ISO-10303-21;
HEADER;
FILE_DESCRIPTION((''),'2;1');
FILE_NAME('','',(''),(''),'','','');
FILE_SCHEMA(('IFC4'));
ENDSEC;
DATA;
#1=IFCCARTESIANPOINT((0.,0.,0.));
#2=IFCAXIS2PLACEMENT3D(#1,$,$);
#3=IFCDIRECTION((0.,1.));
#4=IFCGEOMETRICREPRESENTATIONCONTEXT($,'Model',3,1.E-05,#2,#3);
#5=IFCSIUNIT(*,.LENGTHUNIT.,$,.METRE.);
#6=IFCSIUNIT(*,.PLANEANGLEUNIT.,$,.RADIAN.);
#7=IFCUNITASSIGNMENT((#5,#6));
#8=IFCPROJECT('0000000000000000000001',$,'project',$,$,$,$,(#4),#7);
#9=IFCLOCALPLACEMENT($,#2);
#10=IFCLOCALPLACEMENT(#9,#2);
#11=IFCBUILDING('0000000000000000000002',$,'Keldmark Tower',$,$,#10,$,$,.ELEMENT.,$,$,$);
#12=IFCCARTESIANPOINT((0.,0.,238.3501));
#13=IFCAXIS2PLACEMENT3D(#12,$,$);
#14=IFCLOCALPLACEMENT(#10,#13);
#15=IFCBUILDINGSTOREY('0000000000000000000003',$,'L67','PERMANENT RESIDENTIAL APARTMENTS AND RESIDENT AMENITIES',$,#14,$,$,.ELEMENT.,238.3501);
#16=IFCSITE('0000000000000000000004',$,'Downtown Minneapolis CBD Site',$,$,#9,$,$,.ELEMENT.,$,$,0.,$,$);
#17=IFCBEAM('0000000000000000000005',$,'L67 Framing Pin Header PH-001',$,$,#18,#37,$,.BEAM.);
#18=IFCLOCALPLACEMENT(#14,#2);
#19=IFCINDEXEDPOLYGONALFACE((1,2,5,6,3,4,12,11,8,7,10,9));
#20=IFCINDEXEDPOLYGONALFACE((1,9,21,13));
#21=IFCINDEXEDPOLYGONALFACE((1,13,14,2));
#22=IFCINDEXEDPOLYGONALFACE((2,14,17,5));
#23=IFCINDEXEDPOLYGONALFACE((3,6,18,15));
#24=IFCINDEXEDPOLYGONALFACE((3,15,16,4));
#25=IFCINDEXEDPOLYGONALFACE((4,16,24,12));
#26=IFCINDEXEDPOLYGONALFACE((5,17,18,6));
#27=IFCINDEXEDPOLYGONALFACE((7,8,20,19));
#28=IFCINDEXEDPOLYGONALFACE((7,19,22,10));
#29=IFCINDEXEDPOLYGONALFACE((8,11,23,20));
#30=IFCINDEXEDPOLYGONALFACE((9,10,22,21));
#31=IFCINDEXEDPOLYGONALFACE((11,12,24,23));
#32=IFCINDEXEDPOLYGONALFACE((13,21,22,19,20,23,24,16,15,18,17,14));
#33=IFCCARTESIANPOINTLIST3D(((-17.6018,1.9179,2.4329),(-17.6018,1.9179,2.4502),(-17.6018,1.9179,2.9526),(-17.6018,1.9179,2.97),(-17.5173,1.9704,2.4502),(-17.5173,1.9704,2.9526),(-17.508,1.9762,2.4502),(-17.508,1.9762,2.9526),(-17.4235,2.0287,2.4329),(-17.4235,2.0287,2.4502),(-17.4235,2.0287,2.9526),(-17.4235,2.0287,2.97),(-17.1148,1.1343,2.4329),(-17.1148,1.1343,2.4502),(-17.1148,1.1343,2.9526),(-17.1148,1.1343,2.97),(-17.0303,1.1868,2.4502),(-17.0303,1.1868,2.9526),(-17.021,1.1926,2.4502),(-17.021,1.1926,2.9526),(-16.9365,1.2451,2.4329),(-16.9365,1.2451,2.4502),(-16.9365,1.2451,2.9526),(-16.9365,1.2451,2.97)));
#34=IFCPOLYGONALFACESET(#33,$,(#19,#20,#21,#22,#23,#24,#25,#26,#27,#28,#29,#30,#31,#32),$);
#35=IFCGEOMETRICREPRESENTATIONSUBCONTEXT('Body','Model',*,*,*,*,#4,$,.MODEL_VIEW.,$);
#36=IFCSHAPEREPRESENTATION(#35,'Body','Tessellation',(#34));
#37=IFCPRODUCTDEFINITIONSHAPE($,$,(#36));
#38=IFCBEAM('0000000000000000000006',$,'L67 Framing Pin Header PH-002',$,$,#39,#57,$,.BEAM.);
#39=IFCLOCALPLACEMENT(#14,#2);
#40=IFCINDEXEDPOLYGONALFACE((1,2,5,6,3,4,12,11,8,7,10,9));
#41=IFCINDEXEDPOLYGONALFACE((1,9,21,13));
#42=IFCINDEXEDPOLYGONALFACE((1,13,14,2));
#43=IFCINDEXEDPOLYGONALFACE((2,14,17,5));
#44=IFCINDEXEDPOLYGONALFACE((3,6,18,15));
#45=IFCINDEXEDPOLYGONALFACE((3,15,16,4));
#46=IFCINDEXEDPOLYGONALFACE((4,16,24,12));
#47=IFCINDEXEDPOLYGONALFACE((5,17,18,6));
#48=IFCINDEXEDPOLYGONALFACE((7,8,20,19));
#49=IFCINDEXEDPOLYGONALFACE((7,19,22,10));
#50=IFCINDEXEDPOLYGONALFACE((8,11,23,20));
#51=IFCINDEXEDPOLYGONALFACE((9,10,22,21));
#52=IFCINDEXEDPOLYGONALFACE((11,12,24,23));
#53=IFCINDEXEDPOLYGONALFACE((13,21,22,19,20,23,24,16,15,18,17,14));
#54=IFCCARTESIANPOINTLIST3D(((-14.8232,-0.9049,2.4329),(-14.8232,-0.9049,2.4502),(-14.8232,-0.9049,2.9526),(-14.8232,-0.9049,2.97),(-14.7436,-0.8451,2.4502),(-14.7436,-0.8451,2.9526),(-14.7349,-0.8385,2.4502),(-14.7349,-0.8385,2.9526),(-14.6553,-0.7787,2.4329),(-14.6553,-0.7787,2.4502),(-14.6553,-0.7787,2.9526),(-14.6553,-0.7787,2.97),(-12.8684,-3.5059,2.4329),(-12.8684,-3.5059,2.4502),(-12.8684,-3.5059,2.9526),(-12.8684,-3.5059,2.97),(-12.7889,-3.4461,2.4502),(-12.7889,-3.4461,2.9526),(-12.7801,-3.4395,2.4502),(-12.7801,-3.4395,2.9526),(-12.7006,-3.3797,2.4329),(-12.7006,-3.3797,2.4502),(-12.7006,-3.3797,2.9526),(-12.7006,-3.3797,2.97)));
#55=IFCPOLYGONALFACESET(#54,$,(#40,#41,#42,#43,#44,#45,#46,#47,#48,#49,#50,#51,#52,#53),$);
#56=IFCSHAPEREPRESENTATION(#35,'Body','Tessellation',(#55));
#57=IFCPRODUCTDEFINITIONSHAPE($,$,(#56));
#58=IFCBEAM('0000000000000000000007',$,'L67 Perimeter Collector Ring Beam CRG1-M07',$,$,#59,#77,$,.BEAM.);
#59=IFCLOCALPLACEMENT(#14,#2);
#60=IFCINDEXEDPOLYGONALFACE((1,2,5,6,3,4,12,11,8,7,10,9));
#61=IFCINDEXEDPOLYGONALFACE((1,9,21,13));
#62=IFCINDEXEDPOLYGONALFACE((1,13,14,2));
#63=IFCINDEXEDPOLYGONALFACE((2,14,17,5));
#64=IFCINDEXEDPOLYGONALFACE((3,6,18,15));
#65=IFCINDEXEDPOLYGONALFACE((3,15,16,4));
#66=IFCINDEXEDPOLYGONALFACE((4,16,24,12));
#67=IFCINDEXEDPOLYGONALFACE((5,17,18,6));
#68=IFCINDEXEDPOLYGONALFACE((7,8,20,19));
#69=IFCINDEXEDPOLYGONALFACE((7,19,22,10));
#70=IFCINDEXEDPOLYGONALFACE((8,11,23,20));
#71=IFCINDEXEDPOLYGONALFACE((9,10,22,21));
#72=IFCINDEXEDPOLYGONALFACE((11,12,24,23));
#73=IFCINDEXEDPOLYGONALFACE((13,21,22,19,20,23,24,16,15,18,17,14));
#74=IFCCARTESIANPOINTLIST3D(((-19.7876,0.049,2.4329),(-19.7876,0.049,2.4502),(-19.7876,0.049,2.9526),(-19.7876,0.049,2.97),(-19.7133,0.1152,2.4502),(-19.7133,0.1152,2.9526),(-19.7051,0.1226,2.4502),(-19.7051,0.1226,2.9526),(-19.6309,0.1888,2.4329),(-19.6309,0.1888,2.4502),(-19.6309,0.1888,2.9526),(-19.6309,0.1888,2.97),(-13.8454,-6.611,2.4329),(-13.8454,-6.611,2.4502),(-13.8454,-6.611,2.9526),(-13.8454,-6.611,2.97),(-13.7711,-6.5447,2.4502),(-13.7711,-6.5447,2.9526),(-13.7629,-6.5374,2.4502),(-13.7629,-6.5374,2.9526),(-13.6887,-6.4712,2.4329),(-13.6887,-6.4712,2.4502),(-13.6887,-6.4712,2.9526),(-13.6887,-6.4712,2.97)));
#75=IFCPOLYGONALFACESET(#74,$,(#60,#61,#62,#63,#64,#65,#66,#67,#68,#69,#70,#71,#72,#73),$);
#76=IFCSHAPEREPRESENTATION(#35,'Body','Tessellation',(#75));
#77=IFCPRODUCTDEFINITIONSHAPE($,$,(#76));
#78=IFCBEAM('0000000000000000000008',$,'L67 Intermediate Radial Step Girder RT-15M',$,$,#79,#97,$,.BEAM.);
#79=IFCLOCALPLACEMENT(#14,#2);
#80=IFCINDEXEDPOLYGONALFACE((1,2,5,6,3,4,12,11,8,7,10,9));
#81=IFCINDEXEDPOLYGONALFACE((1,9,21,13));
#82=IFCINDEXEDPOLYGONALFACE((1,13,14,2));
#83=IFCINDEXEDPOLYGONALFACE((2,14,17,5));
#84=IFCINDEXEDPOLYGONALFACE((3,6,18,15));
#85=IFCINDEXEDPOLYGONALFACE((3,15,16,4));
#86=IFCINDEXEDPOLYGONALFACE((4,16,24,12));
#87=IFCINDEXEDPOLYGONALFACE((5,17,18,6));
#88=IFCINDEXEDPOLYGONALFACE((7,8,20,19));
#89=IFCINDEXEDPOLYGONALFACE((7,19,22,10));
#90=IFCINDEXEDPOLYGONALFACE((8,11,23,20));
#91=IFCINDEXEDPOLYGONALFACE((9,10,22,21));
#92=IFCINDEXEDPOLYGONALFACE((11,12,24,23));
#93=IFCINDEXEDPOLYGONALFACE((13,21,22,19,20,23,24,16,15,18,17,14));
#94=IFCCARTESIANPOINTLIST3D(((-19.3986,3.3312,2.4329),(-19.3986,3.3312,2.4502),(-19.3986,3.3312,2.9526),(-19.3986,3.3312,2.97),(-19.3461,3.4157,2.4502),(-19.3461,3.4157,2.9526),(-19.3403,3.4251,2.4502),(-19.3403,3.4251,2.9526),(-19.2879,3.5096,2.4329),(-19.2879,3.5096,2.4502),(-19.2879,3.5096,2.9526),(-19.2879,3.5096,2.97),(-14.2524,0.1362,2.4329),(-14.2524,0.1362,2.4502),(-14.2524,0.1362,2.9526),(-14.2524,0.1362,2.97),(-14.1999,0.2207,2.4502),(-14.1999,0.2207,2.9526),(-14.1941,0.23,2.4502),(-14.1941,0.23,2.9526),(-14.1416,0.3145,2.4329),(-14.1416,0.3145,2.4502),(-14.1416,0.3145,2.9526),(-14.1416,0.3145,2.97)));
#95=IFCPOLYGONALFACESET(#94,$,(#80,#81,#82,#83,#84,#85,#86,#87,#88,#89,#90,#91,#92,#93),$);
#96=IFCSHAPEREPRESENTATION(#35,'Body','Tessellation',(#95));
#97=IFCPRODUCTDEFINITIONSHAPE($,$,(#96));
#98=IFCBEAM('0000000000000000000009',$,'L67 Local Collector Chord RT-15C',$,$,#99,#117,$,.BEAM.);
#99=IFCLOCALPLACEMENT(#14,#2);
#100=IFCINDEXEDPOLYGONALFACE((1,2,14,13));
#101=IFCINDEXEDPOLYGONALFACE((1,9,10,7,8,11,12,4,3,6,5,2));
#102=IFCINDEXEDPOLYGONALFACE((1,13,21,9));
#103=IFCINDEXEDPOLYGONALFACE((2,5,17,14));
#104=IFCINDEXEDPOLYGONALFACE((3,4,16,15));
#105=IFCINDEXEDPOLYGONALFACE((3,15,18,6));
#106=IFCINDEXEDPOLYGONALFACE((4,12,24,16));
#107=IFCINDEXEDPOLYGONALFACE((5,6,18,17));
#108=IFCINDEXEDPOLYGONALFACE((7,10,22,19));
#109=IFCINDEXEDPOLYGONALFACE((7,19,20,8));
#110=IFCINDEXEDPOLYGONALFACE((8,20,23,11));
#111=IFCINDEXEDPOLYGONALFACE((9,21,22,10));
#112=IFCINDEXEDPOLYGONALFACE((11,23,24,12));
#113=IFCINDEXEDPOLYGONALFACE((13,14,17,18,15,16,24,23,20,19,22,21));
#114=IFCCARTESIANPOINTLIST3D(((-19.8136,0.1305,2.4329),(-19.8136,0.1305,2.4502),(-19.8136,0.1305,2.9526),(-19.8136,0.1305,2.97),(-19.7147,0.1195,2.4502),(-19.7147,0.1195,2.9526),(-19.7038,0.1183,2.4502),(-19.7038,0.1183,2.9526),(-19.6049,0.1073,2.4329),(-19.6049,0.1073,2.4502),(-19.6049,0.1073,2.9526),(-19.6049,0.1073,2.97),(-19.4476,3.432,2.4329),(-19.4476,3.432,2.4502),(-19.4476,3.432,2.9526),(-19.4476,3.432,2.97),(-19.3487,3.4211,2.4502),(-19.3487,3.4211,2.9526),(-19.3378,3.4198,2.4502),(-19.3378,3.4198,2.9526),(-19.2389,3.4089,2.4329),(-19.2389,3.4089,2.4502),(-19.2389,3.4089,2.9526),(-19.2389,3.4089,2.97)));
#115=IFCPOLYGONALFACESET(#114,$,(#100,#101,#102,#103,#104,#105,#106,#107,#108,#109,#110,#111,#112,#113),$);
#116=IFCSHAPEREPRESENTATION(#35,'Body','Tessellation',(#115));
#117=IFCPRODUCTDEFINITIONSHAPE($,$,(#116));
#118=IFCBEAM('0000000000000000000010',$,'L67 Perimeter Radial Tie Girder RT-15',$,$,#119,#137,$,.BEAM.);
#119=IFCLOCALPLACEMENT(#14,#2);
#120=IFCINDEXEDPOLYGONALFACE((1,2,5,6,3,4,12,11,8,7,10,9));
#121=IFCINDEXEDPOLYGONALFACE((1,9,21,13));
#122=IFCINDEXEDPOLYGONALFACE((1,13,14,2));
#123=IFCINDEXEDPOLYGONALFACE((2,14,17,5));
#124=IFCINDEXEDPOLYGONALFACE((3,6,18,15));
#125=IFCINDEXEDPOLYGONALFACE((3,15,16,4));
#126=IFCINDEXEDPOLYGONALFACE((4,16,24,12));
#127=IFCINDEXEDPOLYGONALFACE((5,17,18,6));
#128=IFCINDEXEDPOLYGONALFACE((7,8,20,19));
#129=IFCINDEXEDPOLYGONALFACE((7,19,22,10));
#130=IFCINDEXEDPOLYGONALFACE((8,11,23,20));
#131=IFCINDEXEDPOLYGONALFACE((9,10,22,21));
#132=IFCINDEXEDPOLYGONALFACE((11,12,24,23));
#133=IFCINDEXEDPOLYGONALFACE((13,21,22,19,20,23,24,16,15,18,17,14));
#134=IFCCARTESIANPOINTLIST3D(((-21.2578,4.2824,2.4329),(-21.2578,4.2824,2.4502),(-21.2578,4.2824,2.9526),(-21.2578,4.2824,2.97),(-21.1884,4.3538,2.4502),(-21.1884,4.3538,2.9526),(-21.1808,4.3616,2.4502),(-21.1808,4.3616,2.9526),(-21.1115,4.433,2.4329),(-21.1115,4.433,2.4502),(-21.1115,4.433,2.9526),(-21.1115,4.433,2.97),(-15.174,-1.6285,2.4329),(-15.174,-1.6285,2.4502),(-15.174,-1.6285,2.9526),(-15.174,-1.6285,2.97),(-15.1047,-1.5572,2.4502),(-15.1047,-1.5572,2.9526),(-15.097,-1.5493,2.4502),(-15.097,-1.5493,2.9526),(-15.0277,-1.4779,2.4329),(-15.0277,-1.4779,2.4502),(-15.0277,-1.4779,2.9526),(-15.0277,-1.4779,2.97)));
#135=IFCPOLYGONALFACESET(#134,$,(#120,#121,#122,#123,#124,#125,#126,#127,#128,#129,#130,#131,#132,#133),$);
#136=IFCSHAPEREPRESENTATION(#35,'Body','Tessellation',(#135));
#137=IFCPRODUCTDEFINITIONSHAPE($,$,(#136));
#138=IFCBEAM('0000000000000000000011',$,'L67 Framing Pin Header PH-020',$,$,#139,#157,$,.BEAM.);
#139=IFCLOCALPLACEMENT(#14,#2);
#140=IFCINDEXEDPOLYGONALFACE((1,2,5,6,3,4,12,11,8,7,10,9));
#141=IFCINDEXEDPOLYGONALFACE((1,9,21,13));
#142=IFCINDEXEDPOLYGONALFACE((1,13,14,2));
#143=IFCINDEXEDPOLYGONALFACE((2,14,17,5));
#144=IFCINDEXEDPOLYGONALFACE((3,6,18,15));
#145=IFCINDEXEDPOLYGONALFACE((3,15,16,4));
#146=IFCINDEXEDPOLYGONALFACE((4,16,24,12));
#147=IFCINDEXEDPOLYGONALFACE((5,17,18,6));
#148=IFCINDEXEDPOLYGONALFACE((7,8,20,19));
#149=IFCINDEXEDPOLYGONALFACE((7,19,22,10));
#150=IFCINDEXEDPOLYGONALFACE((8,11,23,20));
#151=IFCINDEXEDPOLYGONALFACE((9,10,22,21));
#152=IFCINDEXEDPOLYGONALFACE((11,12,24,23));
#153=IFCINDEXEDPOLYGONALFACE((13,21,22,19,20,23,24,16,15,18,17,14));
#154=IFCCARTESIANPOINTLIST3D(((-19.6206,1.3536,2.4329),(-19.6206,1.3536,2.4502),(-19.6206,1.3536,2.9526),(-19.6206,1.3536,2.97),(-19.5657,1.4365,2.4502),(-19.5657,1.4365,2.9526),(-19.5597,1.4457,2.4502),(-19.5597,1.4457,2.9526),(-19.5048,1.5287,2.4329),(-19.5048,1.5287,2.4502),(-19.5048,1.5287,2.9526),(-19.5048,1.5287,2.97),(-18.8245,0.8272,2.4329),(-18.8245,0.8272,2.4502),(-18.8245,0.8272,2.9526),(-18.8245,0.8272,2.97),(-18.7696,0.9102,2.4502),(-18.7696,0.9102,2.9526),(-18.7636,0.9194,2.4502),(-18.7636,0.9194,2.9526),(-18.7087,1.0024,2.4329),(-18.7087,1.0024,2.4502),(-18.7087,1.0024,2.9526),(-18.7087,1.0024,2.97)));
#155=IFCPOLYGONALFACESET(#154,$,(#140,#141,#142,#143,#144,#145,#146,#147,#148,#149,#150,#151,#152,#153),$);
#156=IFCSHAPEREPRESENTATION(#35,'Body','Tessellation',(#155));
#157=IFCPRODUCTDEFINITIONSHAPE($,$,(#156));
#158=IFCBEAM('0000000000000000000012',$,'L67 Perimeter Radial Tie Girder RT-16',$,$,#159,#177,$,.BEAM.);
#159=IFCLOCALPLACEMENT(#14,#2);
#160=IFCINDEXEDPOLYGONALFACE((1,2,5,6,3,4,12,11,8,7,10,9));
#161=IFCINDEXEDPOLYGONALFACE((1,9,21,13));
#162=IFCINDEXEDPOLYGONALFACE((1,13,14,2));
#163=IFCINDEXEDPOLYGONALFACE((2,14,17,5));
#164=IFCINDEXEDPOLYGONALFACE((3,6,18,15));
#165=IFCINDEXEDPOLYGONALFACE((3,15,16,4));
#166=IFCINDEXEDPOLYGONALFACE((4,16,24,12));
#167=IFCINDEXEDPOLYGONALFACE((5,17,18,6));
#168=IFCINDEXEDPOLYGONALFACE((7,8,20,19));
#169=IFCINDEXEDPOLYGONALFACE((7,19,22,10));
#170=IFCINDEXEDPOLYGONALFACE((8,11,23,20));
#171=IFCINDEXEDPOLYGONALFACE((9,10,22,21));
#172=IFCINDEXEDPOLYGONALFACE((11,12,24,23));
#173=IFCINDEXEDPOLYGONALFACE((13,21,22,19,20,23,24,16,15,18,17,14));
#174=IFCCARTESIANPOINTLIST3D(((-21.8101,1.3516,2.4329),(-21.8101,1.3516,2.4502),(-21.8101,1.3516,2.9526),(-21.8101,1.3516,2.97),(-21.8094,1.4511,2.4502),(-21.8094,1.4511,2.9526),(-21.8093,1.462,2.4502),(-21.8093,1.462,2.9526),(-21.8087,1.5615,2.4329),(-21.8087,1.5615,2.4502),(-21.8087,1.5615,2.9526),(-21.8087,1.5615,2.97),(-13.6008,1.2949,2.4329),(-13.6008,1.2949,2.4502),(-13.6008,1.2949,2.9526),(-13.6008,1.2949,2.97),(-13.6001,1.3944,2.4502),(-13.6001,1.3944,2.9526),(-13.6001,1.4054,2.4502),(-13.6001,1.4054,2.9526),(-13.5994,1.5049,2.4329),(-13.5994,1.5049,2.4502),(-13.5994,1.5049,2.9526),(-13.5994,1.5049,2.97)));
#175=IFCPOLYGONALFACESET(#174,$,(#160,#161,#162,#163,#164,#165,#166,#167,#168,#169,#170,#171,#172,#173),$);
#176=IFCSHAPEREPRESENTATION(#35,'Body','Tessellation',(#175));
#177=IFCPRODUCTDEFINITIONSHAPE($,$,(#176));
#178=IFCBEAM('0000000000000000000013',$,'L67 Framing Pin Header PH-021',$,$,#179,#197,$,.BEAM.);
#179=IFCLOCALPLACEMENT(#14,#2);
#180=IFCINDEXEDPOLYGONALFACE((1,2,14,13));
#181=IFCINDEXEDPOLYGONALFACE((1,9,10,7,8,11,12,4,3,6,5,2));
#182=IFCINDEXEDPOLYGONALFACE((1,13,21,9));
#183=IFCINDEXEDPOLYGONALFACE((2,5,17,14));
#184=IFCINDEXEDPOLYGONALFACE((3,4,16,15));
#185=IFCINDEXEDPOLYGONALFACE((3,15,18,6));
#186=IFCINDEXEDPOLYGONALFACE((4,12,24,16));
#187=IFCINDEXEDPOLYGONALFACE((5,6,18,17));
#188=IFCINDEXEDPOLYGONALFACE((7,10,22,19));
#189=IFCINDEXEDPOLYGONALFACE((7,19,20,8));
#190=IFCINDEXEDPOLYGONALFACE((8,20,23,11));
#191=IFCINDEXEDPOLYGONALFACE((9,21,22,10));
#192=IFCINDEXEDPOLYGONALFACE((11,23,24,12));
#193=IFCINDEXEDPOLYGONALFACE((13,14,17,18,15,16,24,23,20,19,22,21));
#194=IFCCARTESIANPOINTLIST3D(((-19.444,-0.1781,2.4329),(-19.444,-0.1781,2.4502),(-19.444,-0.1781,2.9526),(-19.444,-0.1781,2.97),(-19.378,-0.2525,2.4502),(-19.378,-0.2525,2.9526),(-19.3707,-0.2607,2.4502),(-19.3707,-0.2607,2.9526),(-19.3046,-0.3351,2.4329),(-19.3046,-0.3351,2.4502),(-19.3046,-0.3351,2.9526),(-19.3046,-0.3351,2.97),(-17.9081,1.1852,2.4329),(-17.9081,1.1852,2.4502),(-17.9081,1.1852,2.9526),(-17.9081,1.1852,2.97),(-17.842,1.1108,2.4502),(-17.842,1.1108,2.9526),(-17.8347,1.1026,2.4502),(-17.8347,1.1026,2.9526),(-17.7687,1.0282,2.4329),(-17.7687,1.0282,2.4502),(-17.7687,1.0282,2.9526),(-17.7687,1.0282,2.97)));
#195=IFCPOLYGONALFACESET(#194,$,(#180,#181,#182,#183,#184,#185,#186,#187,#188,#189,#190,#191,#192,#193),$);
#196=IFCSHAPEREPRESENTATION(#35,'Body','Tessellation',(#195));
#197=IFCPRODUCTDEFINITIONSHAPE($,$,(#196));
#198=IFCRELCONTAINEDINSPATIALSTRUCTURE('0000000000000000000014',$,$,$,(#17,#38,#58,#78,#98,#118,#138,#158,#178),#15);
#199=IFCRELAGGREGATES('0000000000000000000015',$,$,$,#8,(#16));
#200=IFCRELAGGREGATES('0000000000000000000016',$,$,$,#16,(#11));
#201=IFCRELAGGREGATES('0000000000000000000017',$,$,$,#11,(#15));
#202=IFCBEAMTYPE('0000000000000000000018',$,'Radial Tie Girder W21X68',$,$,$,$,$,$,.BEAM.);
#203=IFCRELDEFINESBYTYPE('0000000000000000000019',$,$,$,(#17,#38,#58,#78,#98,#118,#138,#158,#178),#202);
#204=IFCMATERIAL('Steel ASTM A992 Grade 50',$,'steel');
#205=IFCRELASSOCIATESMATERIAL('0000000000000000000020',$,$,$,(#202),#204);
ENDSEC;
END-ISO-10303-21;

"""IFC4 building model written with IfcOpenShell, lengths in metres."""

from ifc_helpers import new_model, si_unit, direction, frame, origin, origin_2d, place, context, subcontext, project, spatial, i_section, extrude, material, material_profile, profile_set, type_object, element, save


model = new_model("IFC4")

# Units and contexts
model_context = context("Model", 3, precision=1e-05, world=origin(), true_north=direction((0.0, 1.0)))
body_context = subcontext(model_context, "Body", "Model", "MODEL_VIEW")
ifc_project = project(units=[si_unit("LENGTHUNIT", "METRE"), si_unit("PLANEANGLEUNIT", "RADIAN")], contexts=[model_context])

# Site, building, storey
site_placement = place(None, origin())
site = spatial("IfcSite", under=ifc_project, at=site_placement, Name="Downtown Minneapolis CBD Site", CompositionType="ELEMENT", RefElevation=0.0)
building_placement = place(site_placement, origin())
building = spatial("IfcBuilding", under=site, at=building_placement, Name="Keldmark Tower", CompositionType="ELEMENT")
storey_placement = place(building_placement, frame((0.0, 0.0, 238.3501)))
storey = spatial("IfcBuildingStorey", under=building, at=storey_placement, Name="L67", Description="PERMANENT RESIDENTIAL APARTMENTS AND RESIDENT AMENITIES", CompositionType="ELEMENT", Elevation=238.3501)

# Beams
ifc_material_1 = material(Name="Steel ASTM A992 Grade 50", Category="steel")
ifc_material_profile_1 = material_profile(ifc_material_1, i_section(OverallWidth=0.21, OverallDepth=0.5371, WebThickness=0.011, FlangeThickness=0.0173, at=origin_2d()), Name="W21X68")
ifc_profile_set_1 = profile_set([ifc_material_profile_1], Name="Steel ASTM A992 Grade 50")
beam_type_1 = type_object("IfcBeamType", Name="Radial Tie Girder W21X68", PredefinedType="BEAM", material=ifc_profile_set_1)
beam_1_placement = place(storey_placement, frame((-17.0256, 1.1897, 2.7014), z_axis=(-0.527857, 0.849333, 0.0), x_axis=(-0.849333, -0.527857, 0.0)))
element("IfcBeam", 1, at=beam_1_placement, inside=storey, type_object=beam_type_1, Name="L67 Framing Pin Header PH-001", PredefinedType="BEAM", context=body_context, shape_type="SweptSolid", body=[
    extrude(i_section(OverallWidth=0.21, OverallDepth=0.5371, WebThickness=0.011, FlangeThickness=0.0173, at=origin_2d()), origin(), (0.0, 0.0, 1.0), 0.9226),
])
beam_2_placement = place(storey_placement, frame((-14.7393, -0.8418, 2.7014), z_axis=(0.600792, -0.799405, 0.0), x_axis=(0.799405, 0.600792, 0.0)))
element("IfcBeam", 2, at=beam_2_placement, inside=storey, type_object=beam_type_1, Name="L67 Framing Pin Header PH-002", PredefinedType="BEAM", context=body_context, shape_type="SweptSolid", body=[
    extrude(i_section(OverallWidth=0.21, OverallDepth=0.5371, WebThickness=0.011, FlangeThickness=0.0173, at=origin_2d()), origin(), (0.0, 0.0, 1.0), 3.2537),
])
beam_3_placement = place(storey_placement, frame((-19.7092, 0.1189, 2.7014), z_axis=(0.665753, -0.746172, 0.0), x_axis=(0.746172, 0.665753, 0.0)))
element("IfcBeam", 3, at=beam_3_placement, inside=storey, type_object=beam_type_1, Name="L67 Perimeter Collector Ring Beam CRG1-M07", PredefinedType="BEAM", context=body_context, shape_type="SweptSolid", body=[
    extrude(i_section(OverallWidth=0.21, OverallDepth=0.5371, WebThickness=0.011, FlangeThickness=0.0173, at=origin_2d()), origin(), (0.0, 0.0, 1.0), 8.9255),
])
beam_4_placement = place(storey_placement, frame((-14.197, 0.2253, 2.7014), z_axis=(-0.849577, 0.527464, 0.0), x_axis=(-0.527464, -0.849577, 0.0)))
element("IfcBeam", 4, at=beam_4_placement, inside=storey, type_object=beam_type_1, Name="L67 Intermediate Radial Step Girder RT-15M", PredefinedType="BEAM", context=body_context, shape_type="SweptSolid", body=[
    extrude(i_section(OverallWidth=0.21, OverallDepth=0.5371, WebThickness=0.011, FlangeThickness=0.0173, at=origin_2d()), origin(), (0.0, 0.0, 1.0), 6.0574),
])
beam_5_placement = place(storey_placement, frame((-19.7092, 0.1189, 2.7014), z_axis=(0.110173, 0.993912, 0.0), x_axis=(-0.993912, 0.110173, 0.0)))
element("IfcBeam", 5, at=beam_5_placement, inside=storey, type_object=beam_type_1, Name="L67 Local Collector Chord RT-15C", PredefinedType="BEAM", context=body_context, shape_type="SweptSolid", body=[
    extrude(i_section(OverallWidth=0.21, OverallDepth=0.5371, WebThickness=0.011, FlangeThickness=0.0173, at=origin_2d()), origin(), (0.0, 0.0, 1.0), 3.3218),
])
beam_6_placement = place(storey_placement, frame((-15.1008, -1.5532, 2.7014), z_axis=(-0.717222, 0.696844, 0.0), x_axis=(-0.696844, -0.717222, 0.0)))
element("IfcBeam", 6, at=beam_6_placement, inside=storey, type_object=beam_type_1, Name="L67 Perimeter Radial Tie Girder RT-15", PredefinedType="BEAM", context=body_context, shape_type="SweptSolid", body=[
    extrude(i_section(OverallWidth=0.21, OverallDepth=0.5371, WebThickness=0.011, FlangeThickness=0.0173, at=origin_2d()), origin(), (0.0, 0.0, 1.0), 8.4824),
])
beam_7_placement = place(storey_placement, frame((-18.7666, 0.9148, 2.7014), z_axis=(-0.834169, 0.551508, 0.0), x_axis=(-0.551508, -0.834169, 0.0)))
element("IfcBeam", 7, at=beam_7_placement, inside=storey, type_object=beam_type_1, Name="L67 Framing Pin Header PH-020", PredefinedType="BEAM", context=body_context, shape_type="SweptSolid", body=[
    extrude(i_section(OverallWidth=0.21, OverallDepth=0.5371, WebThickness=0.011, FlangeThickness=0.0173, at=origin_2d()), origin(), (0.0, 0.0, 1.0), 0.9543),
])
beam_8_placement = place(storey_placement, frame((-13.6001, 1.3999, 2.7014), z_axis=(-0.999976, 0.006899, 0.0), x_axis=(-0.006899, -0.999976, 0.0)))
element("IfcBeam", 8, at=beam_8_placement, inside=storey, type_object=beam_type_1, Name="L67 Perimeter Radial Tie Girder RT-16", PredefinedType="BEAM", context=body_context, shape_type="SweptSolid", body=[
    extrude(i_section(OverallWidth=0.21, OverallDepth=0.5371, WebThickness=0.011, FlangeThickness=0.0173, at=origin_2d()), origin(), (0.0, 0.0, 1.0), 8.2095),
])
beam_9_placement = place(storey_placement, frame((-17.8384, 1.1067, 2.7014), z_axis=(-0.747881, -0.663832, 0.0), x_axis=(0.663832, -0.747881, 0.0)))
element("IfcBeam", 9, at=beam_9_placement, inside=storey, type_object=beam_type_1, Name="L67 Framing Pin Header PH-021", PredefinedType="BEAM", context=body_context, shape_type="SweptSolid", body=[
    extrude(i_section(OverallWidth=0.21, OverallDepth=0.5371, WebThickness=0.011, FlangeThickness=0.0173, at=origin_2d()), origin(), (0.0, 0.0, 1.0), 2.0537),
])

save(model, "model.ifc")
